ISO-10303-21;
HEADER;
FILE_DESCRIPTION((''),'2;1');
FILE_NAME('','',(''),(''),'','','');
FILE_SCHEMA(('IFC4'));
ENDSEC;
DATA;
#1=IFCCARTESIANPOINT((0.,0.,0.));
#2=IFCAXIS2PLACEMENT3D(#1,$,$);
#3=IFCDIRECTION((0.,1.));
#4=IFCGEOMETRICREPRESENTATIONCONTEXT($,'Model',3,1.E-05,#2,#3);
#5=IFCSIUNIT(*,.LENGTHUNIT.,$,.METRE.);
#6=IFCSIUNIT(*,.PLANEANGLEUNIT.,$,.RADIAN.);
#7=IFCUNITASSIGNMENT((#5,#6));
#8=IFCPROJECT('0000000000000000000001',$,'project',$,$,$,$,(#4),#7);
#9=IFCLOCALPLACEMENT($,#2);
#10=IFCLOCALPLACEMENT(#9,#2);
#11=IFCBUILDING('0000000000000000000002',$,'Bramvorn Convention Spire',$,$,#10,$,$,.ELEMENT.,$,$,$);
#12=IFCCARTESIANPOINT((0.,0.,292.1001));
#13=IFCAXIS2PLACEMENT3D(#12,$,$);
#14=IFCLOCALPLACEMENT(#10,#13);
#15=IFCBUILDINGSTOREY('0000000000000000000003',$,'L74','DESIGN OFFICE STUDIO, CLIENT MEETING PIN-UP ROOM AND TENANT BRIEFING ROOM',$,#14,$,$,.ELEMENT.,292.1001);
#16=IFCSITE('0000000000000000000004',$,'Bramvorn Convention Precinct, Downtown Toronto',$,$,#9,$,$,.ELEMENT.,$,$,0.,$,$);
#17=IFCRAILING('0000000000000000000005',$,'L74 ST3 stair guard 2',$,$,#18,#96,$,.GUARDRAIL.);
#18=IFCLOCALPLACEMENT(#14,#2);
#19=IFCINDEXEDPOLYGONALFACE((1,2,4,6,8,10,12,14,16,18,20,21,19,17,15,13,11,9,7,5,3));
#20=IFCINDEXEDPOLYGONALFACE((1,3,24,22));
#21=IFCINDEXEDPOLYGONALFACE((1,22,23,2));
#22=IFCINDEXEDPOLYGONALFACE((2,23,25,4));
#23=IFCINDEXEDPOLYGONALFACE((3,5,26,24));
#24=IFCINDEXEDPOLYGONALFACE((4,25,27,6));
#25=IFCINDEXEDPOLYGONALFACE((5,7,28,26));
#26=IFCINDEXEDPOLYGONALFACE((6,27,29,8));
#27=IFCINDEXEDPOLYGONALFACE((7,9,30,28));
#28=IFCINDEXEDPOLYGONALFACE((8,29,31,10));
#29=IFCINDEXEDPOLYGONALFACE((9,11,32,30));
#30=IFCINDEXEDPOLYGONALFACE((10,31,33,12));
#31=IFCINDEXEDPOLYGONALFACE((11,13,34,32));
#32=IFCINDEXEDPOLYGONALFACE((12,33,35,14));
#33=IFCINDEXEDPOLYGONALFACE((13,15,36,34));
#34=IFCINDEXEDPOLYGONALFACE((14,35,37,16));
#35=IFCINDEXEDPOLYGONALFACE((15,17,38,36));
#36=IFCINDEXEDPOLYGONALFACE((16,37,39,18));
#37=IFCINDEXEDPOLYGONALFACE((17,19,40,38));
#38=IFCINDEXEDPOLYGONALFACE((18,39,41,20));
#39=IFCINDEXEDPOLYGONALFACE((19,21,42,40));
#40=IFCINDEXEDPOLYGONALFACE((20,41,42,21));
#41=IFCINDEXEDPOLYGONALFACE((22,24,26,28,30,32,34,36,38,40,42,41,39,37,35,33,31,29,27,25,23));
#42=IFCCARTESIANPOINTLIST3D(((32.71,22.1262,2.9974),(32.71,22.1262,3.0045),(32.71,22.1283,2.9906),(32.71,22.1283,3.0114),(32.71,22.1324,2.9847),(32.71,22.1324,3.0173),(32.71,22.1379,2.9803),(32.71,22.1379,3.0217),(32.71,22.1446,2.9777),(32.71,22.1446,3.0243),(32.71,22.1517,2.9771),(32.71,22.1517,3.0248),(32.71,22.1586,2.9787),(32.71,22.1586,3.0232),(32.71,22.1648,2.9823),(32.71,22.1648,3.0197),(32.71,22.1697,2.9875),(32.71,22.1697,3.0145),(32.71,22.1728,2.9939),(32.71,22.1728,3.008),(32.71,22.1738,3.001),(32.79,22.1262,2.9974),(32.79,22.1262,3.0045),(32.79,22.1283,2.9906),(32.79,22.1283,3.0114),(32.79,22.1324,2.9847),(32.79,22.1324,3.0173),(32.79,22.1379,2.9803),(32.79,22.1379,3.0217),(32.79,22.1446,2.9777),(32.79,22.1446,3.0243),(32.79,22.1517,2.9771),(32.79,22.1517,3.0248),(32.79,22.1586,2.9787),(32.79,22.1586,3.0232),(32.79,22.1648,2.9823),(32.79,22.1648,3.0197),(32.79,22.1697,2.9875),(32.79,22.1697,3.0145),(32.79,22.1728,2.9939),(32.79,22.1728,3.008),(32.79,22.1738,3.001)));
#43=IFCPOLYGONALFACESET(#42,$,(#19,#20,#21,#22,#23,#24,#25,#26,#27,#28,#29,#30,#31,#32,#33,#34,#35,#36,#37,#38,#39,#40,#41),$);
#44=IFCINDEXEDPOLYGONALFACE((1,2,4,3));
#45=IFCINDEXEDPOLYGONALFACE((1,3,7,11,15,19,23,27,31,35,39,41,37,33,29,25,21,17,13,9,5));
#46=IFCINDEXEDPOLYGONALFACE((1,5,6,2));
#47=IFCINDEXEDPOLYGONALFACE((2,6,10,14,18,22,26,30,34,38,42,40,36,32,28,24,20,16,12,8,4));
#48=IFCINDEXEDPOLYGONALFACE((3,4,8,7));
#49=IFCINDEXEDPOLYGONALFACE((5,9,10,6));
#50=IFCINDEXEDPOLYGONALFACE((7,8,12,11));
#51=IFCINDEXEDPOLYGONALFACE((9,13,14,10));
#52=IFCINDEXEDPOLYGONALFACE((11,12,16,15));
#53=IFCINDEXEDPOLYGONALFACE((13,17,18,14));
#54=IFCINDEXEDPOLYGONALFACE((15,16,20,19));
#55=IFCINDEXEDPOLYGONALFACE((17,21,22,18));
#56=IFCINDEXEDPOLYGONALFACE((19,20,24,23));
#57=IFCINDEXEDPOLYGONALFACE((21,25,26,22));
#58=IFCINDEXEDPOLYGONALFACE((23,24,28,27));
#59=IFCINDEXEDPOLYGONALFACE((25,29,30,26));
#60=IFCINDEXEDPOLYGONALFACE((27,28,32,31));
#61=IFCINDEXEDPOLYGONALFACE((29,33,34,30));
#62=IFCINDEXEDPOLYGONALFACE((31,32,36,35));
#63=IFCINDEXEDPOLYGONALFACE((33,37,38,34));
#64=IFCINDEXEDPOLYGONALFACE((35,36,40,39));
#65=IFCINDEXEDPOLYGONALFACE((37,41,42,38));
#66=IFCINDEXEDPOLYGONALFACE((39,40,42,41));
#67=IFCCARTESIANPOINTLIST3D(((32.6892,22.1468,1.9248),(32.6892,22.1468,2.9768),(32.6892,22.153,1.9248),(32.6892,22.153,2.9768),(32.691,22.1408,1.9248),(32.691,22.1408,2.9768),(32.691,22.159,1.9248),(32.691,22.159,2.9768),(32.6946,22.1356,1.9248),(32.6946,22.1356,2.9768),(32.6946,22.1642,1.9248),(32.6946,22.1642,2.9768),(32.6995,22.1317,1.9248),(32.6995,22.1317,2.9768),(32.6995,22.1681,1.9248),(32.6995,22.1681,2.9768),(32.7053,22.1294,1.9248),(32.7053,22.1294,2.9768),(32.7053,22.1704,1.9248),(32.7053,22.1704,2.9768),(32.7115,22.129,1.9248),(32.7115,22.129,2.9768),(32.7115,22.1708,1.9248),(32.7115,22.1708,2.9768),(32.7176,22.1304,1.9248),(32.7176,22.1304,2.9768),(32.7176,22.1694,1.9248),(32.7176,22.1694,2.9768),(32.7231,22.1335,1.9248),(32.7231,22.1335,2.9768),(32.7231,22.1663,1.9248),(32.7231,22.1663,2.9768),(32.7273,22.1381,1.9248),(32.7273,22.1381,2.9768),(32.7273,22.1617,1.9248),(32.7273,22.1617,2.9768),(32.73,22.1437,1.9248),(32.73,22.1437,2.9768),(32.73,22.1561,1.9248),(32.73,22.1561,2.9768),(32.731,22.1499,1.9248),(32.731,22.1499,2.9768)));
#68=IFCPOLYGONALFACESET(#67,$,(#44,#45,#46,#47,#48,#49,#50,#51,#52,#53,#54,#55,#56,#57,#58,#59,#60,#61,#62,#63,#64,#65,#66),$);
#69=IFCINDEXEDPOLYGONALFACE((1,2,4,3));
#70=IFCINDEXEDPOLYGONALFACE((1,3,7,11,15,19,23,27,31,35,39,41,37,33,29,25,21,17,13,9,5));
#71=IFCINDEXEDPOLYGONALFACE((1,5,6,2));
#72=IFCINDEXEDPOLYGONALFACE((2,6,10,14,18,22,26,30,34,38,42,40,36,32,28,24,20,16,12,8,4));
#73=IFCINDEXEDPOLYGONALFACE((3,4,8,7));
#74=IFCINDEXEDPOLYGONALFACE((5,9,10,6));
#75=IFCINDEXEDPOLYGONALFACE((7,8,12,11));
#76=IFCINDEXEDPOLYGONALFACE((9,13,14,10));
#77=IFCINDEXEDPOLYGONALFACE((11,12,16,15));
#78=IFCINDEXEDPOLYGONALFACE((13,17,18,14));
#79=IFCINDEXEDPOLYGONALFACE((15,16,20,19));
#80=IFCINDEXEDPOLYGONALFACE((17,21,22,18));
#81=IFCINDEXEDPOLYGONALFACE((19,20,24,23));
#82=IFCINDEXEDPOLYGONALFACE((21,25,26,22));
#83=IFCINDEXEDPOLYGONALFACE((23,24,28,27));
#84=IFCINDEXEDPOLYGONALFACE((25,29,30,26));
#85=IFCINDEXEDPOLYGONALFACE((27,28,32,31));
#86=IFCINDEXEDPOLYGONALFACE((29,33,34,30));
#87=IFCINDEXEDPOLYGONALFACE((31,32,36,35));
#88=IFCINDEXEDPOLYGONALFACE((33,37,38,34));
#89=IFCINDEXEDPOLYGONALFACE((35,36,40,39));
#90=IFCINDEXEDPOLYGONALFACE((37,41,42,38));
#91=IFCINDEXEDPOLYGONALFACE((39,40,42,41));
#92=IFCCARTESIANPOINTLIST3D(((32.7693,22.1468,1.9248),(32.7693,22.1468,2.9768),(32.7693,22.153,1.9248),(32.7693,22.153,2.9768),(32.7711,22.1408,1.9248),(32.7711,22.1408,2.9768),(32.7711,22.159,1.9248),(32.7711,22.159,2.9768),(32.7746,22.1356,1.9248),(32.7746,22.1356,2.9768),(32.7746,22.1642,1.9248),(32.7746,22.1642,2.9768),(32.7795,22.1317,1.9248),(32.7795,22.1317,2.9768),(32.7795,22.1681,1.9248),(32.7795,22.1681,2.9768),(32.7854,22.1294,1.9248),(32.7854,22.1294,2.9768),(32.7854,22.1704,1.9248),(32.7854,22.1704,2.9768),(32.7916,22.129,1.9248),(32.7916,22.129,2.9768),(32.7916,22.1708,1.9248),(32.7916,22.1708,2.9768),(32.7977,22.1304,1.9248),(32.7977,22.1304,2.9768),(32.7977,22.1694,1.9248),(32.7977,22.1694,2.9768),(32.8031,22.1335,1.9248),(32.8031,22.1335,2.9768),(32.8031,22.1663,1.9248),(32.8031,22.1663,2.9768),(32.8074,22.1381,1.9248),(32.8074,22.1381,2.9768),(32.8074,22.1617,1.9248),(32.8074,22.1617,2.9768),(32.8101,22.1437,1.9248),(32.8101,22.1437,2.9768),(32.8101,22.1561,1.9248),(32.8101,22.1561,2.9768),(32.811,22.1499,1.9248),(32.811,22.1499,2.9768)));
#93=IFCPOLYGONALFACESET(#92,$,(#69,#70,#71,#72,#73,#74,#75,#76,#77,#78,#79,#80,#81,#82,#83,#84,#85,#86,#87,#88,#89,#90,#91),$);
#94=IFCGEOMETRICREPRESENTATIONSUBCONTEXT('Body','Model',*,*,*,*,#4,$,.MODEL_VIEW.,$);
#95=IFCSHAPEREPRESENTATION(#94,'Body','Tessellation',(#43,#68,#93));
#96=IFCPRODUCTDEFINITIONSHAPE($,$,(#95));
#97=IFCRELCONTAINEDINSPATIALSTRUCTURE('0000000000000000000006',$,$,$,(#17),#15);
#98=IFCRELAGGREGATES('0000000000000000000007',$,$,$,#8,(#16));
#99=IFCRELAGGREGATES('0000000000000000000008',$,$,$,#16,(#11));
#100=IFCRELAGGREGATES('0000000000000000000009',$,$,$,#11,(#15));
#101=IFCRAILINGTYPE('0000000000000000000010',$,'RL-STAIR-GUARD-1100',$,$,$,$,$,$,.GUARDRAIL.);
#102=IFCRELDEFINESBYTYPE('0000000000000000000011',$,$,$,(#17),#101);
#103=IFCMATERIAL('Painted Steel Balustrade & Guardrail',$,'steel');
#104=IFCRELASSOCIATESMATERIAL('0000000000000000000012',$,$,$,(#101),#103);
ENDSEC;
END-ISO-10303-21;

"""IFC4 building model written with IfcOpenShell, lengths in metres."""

from ifc_helpers import new_model, si_unit, direction, frame, origin, origin_2d, place, context, subcontext, project, spatial, circle, extrude, material, type_object, element, save


model = new_model("IFC4")

# Units and contexts
model_context = context("Model", 3, precision=1e-05, world=origin(), true_north=direction((0.0, 1.0)))
body_context = subcontext(model_context, "Body", "Model", "MODEL_VIEW")
ifc_project = project(units=[si_unit("LENGTHUNIT", "METRE"), si_unit("PLANEANGLEUNIT", "RADIAN")], contexts=[model_context])

# Site, building, storey
site_placement = place(None, origin())
site = spatial("IfcSite", under=ifc_project, at=site_placement, Name="Bramvorn Convention Precinct, Downtown Toronto", CompositionType="ELEMENT", RefElevation=0.0)
building_placement = place(site_placement, origin())
building = spatial("IfcBuilding", under=site, at=building_placement, Name="Bramvorn Convention Spire", CompositionType="ELEMENT")
storey_placement = place(building_placement, frame((0.0, 0.0, 292.1001)))
storey = spatial("IfcBuildingStorey", under=building, at=storey_placement, Name="L74", Description="DESIGN OFFICE STUDIO, CLIENT MEETING PIN-UP ROOM AND TENANT BRIEFING ROOM", CompositionType="ELEMENT", Elevation=292.1001)

# Railing
ifc_material_1 = material(Name="Painted Steel Balustrade & Guardrail", Category="steel")
railing_type_1 = type_object("IfcRailingType", Name="RL-STAIR-GUARD-1100", PredefinedType="GUARDRAIL", material=ifc_material_1)
railing_1_placement = place(storey_placement, frame((32.71, 22.1499, 1.9248)))
element("IfcRailing", 1, at=railing_1_placement, inside=storey, type_object=railing_type_1, Name="L74 ST3 stair guard 2", PredefinedType="GUARDRAIL", context=body_context, shape_type="SweptSolid", body=[
    extrude(circle(Radius=0.0239, at=origin_2d()), frame((0.0, 0.0, 1.0762), z_axis=(1.0, 0.0, 0.0), x_axis=(0.0, 1.0, 0.0)), (0.0, 0.0, 1.0), 0.0801),
    extrude(circle(Radius=0.021, at=origin_2d()), origin(), (0.0, 0.0, 1.0), 1.052),
    extrude(circle(Radius=0.021, at=origin_2d()), frame((0.0801, 0.0, 0.0)), (0.0, 0.0, 1.0), 1.052),
])

save(model, "model.ifc")
